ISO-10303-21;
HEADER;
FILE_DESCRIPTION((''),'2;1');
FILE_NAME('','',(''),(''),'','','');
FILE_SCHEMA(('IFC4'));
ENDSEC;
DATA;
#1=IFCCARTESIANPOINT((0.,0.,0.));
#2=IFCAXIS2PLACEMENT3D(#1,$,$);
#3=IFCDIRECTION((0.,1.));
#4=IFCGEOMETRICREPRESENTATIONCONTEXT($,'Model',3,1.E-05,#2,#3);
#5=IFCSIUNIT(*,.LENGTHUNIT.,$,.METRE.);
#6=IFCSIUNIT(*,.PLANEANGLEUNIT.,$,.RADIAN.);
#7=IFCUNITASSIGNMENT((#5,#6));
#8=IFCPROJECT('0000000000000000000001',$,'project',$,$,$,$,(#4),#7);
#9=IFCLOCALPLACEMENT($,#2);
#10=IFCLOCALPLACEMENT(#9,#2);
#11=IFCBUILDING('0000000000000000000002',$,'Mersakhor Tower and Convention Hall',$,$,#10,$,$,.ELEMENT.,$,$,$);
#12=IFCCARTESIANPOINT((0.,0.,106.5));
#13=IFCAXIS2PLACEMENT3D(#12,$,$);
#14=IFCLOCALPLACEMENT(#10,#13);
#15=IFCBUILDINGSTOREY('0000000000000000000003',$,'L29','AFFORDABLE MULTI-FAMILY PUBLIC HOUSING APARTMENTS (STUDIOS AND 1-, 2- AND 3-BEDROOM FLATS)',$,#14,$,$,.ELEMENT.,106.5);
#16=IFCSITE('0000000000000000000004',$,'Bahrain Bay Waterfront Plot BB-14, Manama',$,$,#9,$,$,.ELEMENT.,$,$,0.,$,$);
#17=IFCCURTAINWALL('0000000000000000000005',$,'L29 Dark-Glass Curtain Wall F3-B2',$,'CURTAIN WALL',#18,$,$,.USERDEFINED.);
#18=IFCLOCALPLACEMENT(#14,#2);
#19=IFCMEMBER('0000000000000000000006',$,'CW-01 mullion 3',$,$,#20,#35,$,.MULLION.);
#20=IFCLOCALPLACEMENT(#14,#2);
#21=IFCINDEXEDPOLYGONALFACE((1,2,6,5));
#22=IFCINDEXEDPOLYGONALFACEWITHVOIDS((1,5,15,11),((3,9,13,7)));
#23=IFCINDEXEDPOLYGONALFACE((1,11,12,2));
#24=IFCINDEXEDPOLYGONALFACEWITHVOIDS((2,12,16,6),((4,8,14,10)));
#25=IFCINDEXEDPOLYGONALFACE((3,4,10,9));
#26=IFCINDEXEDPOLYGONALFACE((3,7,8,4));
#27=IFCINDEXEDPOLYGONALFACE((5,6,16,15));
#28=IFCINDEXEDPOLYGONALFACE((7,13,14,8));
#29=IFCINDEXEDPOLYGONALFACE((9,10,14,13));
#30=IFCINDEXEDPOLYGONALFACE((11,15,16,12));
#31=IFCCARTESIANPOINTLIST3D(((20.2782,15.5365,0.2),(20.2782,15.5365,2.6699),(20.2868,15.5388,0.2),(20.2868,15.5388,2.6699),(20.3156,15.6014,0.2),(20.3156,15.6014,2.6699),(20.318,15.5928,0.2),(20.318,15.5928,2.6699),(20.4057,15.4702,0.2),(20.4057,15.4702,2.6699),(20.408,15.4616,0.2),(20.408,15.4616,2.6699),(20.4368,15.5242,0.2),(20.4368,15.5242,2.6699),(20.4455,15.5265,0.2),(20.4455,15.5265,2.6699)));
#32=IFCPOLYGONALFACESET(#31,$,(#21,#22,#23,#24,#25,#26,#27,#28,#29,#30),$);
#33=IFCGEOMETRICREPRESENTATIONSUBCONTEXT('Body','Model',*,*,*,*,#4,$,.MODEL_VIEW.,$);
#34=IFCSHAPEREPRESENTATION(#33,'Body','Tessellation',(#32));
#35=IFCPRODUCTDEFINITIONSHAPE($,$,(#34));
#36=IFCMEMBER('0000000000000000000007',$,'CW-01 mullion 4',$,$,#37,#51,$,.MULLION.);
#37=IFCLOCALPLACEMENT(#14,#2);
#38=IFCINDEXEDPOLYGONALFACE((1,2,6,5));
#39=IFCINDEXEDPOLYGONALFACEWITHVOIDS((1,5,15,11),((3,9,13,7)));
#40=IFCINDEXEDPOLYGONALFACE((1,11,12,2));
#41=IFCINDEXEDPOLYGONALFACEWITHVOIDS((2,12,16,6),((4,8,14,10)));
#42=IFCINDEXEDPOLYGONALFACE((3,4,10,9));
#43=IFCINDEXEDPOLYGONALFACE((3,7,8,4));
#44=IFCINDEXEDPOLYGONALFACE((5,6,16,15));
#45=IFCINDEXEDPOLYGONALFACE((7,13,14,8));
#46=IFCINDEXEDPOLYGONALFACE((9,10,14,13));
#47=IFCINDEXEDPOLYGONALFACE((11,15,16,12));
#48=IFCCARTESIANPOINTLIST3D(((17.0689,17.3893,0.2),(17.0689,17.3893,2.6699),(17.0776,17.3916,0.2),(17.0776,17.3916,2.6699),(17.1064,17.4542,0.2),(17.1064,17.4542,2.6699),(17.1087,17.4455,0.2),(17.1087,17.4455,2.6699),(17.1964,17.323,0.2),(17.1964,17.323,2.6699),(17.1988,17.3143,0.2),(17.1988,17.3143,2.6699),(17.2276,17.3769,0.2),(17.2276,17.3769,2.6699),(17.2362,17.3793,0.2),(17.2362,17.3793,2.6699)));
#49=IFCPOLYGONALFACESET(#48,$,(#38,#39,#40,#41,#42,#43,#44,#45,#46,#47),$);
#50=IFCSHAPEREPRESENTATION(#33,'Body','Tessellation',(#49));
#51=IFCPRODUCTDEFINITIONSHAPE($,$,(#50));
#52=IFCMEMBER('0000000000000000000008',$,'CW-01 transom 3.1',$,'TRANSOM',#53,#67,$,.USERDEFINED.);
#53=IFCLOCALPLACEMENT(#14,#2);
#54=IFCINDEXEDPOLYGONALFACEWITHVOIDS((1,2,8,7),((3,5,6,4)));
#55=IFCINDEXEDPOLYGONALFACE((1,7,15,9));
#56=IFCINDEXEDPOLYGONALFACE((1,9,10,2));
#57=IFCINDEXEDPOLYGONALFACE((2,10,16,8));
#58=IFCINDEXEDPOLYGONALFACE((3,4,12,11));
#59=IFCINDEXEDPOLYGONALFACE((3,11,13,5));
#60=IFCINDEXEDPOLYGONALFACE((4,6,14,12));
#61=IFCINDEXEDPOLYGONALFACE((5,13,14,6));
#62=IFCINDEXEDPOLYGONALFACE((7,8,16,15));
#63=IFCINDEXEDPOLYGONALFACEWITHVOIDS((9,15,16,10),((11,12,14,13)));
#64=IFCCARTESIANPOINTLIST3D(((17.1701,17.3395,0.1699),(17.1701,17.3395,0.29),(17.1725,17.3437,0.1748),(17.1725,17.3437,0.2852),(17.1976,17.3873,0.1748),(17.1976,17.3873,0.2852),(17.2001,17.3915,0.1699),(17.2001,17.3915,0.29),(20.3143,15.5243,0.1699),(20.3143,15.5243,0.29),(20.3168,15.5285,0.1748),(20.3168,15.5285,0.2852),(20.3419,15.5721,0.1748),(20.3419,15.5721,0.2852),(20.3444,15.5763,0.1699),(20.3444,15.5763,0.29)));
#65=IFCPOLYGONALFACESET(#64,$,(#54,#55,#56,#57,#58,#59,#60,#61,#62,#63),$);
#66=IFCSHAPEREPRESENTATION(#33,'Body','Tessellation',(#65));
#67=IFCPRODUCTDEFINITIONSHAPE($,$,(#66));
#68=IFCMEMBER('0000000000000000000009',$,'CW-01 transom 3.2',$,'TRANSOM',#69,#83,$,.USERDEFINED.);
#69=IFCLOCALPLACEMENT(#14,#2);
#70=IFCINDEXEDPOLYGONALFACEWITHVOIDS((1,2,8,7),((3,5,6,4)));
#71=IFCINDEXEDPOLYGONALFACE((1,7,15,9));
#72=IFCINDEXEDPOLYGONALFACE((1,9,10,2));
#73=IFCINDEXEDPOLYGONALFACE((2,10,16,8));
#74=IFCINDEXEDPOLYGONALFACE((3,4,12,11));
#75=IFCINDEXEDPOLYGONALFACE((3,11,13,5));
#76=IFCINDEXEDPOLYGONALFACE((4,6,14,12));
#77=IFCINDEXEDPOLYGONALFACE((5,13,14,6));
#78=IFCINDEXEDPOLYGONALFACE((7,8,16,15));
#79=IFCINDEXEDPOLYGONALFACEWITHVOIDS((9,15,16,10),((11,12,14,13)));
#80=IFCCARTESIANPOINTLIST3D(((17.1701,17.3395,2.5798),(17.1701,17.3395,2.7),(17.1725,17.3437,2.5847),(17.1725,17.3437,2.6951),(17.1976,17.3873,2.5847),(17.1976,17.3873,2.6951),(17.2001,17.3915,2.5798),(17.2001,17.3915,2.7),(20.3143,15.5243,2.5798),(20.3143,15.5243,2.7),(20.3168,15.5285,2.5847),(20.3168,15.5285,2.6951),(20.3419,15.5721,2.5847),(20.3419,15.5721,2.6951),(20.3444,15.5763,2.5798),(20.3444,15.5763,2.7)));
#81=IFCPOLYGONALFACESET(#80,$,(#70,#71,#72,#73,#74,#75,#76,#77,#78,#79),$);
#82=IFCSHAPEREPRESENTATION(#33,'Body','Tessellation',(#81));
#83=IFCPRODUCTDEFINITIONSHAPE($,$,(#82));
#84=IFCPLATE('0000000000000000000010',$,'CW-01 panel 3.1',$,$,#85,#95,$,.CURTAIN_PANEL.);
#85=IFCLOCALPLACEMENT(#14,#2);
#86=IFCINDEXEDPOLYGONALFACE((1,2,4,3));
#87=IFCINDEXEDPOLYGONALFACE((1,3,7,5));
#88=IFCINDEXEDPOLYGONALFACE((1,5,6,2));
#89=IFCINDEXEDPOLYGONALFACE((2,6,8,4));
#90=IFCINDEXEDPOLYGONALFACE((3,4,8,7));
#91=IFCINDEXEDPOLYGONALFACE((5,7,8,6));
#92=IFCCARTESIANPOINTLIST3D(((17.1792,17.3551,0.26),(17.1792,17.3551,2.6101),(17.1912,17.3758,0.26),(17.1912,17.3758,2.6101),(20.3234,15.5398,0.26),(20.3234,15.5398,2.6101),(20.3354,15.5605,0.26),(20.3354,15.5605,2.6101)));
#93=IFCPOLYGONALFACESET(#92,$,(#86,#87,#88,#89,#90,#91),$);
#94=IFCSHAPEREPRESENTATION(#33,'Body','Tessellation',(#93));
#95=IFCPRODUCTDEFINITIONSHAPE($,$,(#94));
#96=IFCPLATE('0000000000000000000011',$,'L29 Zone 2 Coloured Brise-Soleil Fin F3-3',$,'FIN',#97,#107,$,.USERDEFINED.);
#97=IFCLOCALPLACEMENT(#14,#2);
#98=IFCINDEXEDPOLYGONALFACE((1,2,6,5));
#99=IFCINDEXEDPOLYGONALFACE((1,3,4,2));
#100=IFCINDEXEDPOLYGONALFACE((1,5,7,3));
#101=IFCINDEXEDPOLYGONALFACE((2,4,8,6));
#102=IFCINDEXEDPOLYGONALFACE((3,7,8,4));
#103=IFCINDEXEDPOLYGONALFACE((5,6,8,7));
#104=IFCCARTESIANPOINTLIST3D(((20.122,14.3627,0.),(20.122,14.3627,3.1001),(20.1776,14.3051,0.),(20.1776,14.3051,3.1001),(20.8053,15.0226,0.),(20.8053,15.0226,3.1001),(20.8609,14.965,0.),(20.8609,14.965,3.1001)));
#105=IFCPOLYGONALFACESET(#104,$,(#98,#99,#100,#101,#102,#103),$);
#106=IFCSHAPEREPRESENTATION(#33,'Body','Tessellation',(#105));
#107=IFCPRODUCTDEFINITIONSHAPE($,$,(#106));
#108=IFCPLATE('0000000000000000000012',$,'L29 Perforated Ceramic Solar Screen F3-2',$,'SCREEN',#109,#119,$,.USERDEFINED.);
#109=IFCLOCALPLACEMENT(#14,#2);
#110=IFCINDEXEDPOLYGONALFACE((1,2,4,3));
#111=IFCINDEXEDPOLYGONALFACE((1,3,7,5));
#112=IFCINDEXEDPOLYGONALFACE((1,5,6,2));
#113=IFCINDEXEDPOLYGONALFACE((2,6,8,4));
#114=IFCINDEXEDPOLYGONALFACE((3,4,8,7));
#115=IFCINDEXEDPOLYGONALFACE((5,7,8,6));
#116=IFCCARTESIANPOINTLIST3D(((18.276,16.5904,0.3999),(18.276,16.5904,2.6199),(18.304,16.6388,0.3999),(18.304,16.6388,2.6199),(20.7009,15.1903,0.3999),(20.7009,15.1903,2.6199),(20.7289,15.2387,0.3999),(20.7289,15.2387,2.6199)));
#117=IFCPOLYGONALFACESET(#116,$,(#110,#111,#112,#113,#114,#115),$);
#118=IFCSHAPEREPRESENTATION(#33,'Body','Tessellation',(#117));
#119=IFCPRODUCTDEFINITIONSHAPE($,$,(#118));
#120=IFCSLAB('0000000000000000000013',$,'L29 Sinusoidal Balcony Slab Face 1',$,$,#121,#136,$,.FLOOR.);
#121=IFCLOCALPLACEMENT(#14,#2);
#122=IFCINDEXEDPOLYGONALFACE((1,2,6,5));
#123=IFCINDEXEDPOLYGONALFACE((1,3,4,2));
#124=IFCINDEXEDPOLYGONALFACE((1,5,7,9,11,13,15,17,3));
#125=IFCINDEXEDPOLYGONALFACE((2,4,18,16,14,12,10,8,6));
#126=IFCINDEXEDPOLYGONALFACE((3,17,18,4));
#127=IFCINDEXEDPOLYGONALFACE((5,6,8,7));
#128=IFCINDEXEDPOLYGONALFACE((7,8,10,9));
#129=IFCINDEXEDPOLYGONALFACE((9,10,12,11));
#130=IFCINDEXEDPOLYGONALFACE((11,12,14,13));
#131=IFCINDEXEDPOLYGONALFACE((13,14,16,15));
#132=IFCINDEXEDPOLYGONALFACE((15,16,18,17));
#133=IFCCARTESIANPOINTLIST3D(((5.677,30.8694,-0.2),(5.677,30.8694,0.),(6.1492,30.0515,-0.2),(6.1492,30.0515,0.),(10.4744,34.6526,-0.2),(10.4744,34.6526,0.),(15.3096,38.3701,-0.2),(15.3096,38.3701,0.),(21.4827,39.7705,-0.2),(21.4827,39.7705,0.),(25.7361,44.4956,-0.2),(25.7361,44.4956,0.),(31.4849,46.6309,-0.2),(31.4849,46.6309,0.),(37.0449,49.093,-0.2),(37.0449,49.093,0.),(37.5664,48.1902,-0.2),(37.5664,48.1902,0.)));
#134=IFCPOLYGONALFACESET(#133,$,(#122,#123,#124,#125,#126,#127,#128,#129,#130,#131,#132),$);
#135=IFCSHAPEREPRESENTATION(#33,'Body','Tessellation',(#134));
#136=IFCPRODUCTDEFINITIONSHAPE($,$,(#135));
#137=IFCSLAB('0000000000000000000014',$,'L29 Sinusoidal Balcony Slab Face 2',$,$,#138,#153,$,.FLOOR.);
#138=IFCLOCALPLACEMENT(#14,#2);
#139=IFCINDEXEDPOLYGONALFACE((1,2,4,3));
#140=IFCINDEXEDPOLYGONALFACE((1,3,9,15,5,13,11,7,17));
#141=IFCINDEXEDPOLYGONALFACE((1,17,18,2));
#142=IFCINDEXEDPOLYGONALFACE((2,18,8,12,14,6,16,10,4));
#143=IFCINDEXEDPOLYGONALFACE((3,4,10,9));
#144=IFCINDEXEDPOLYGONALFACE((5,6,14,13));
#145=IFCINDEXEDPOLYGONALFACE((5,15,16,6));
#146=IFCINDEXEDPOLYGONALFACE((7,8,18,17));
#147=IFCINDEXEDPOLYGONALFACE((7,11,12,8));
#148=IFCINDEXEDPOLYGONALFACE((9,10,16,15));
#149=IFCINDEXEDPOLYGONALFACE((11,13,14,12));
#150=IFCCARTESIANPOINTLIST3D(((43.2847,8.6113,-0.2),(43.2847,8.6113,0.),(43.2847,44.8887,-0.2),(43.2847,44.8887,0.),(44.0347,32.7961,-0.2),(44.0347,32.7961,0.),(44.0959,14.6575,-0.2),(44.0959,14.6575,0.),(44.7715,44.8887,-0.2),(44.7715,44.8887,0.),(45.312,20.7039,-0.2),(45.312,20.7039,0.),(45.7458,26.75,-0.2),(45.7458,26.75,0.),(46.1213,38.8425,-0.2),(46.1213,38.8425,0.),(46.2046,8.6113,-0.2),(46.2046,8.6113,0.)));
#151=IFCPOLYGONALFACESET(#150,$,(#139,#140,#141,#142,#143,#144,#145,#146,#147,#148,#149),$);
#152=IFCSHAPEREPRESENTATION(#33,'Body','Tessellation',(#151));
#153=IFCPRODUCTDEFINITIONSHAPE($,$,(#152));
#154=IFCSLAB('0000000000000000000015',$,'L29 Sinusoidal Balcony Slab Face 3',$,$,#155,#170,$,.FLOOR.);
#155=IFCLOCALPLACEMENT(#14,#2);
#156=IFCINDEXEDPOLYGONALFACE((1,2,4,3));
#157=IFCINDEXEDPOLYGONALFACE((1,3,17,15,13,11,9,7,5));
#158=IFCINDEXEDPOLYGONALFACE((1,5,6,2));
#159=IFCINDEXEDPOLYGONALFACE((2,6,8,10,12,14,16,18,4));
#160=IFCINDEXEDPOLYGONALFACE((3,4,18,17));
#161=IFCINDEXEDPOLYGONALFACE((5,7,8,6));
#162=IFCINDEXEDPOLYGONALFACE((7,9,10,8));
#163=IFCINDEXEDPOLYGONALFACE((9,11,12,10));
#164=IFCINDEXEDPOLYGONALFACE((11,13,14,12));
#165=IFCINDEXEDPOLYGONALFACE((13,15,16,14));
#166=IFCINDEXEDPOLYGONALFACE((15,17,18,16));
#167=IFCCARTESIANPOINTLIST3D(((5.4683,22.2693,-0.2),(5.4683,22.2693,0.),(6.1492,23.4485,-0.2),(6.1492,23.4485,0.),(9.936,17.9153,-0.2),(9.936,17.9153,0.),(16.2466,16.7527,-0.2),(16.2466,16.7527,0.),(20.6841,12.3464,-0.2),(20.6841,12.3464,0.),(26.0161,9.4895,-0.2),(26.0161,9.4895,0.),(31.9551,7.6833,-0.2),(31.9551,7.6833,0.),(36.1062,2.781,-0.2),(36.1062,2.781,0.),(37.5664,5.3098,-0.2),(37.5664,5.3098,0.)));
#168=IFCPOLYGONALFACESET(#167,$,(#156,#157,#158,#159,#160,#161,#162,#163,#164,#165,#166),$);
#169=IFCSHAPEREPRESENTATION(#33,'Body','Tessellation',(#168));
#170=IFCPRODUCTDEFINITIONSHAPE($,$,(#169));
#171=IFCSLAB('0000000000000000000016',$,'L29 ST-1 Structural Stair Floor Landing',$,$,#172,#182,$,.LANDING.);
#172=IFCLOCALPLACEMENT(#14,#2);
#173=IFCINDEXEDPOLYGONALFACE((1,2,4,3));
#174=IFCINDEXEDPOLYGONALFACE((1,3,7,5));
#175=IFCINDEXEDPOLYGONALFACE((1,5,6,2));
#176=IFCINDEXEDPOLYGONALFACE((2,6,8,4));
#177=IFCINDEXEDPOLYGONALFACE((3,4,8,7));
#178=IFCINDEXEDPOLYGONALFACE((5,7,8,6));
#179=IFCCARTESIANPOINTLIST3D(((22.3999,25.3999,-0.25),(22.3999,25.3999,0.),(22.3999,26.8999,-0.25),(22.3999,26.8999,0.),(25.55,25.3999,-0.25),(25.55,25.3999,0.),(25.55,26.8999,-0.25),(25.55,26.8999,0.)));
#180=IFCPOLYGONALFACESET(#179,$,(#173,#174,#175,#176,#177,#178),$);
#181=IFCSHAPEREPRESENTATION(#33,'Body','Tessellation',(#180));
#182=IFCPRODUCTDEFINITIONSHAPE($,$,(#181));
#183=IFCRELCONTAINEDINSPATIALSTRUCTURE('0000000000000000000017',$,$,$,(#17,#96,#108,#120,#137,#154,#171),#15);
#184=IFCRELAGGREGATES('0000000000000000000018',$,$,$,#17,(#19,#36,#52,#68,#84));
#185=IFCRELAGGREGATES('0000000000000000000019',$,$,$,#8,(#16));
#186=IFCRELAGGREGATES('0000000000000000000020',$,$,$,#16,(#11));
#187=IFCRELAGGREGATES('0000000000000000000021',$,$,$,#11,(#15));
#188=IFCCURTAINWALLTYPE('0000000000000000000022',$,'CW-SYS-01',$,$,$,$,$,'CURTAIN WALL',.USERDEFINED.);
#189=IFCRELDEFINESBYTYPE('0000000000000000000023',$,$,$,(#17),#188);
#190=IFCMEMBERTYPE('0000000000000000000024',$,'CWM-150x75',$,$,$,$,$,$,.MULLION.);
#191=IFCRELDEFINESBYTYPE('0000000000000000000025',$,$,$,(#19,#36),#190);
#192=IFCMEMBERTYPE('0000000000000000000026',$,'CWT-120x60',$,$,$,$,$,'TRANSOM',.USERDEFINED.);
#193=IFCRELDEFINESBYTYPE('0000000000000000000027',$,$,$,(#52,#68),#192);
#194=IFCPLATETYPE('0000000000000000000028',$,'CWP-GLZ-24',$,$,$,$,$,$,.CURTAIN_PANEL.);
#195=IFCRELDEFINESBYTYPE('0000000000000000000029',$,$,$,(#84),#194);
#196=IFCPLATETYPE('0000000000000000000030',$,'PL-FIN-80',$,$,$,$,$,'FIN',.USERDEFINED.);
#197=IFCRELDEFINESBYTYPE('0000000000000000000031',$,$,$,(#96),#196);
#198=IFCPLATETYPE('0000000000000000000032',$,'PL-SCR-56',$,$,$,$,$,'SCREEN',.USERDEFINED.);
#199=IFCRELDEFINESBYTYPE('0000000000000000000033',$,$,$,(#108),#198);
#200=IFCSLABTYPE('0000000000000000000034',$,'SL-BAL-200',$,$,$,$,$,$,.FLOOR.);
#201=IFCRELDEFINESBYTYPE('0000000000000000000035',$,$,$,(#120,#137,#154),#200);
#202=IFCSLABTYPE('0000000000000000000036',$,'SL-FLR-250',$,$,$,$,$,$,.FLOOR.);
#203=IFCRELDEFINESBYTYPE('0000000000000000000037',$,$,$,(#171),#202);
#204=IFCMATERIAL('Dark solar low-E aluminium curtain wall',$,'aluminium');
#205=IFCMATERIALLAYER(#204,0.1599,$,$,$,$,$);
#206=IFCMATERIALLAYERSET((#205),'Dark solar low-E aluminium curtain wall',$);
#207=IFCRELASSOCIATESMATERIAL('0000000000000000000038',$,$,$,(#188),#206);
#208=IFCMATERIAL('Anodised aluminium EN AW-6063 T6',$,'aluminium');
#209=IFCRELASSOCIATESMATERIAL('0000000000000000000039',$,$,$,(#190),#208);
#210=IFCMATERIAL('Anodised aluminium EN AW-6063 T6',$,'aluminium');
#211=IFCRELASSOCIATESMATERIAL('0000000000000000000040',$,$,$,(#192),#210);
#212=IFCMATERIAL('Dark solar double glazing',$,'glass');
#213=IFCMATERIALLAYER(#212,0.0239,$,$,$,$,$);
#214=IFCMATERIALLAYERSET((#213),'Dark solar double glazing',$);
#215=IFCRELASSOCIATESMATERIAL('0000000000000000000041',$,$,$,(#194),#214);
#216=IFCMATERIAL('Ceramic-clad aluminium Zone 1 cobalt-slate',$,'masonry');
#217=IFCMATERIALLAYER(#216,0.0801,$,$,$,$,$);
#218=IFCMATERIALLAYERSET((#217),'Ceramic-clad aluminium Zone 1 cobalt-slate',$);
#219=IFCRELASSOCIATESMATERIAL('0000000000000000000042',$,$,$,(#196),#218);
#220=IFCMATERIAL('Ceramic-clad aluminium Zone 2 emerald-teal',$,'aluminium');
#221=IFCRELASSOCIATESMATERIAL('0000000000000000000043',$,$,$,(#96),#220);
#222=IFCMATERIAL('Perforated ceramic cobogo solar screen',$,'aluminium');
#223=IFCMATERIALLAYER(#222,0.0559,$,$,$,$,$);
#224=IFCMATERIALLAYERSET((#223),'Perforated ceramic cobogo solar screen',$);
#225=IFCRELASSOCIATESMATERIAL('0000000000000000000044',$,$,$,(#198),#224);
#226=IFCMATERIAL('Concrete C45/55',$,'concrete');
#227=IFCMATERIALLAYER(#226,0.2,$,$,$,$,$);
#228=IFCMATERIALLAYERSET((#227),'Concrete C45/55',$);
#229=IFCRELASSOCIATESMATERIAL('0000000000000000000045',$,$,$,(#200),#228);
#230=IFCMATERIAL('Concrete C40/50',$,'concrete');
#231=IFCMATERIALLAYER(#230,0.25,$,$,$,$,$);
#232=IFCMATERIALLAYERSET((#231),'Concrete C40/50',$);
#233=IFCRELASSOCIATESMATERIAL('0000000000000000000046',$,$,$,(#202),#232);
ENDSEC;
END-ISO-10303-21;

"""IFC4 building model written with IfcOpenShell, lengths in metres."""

from ifc_helpers import new_model, si_unit, direction, frame, origin, origin_2d, place, context, subcontext, project, spatial, polyline, rectangle, hollow_rectangle, outline, extrude, material, layer, layer_set, material_profile, profile_set, type_object, element, aggregate, save


model = new_model("IFC4")

# Units and contexts
model_context = context("Model", 3, precision=1e-05, world=origin(), true_north=direction((0.0, 1.0)))
body_context = subcontext(model_context, "Body", "Model", "MODEL_VIEW")
ifc_project = project(units=[si_unit("LENGTHUNIT", "METRE"), si_unit("PLANEANGLEUNIT", "RADIAN")], contexts=[model_context])

# Site, building, storey
site_placement = place(None, origin())
site = spatial("IfcSite", under=ifc_project, at=site_placement, Name="Bahrain Bay Waterfront Plot BB-14, Manama", CompositionType="ELEMENT", RefElevation=0.0)
building_placement = place(site_placement, origin())
building = spatial("IfcBuilding", under=site, at=building_placement, Name="Mersakhor Tower and Convention Hall", CompositionType="ELEMENT")
storey_placement = place(building_placement, frame((0.0, 0.0, 106.5)))
storey = spatial("IfcBuildingStorey", under=building, at=storey_placement, Name="L29", Description="AFFORDABLE MULTI-FAMILY PUBLIC HOUSING APARTMENTS (STUDIOS AND 1-, 2- AND 3-BEDROOM FLATS)", CompositionType="ELEMENT", Elevation=106.5)

# Curtain wall, members, plate
ifc_material_1 = material(Name="Dark solar low-E aluminium curtain wall", Category="aluminium")
ifc_layer_1 = layer(ifc_material_1, 0.1599)
ifc_layer_set_1 = layer_set([ifc_layer_1], Name="Dark solar low-E aluminium curtain wall")
curtain_wall_type = type_object("IfcCurtainWallType", Name="CW-SYS-01", ElementType="CURTAIN WALL", PredefinedType="USERDEFINED", material=ifc_layer_set_1)
curtain_wall_placement = place(storey_placement, origin())
curtain_wall = element("IfcCurtainWall", 1, at=curtain_wall_placement, inside=storey, type_object=curtain_wall_type, Name="L29 Dark-Glass Curtain Wall F3-B2", ObjectType="CURTAIN WALL", PredefinedType="USERDEFINED")
ifc_material_2 = material(Name="Anodised aluminium EN AW-6063 T6", Category="aluminium")
ifc_material_profile_1 = material_profile(ifc_material_2, hollow_rectangle(XDim=0.075, YDim=0.1499, WallThickness=0.0063, at=origin_2d()), Name="RHS 150x75x6.3")
ifc_profile_set_1 = profile_set([ifc_material_profile_1], Name="Anodised aluminium EN AW-6063 T6")
member_type_1 = type_object("IfcMemberType", Name="CWM-150x75", PredefinedType="MULLION", material=ifc_profile_set_1)
member_1_placement = place(storey_placement, frame((20.3618, 15.5315, 0.2), z_axis=(0.0, 0.0, 1.0), x_axis=(-0.499998, -0.866027, 0.0)))
member_1 = element("IfcMember", 2, at=member_1_placement, type_object=member_type_1, Name="CW-01 mullion 3", PredefinedType="MULLION", context=body_context, shape_type="SweptSolid", body=[
    extrude(hollow_rectangle(XDim=0.075, YDim=0.1499, WallThickness=0.0063, at=origin_2d()), origin(), (0.0, 0.0, 1.0), 2.47),
])
member_2_placement = place(storey_placement, frame((17.1526, 17.3843, 0.2), z_axis=(0.0, 0.0, 1.0), x_axis=(-0.499998, -0.866027, 0.0)))
member_2 = element("IfcMember", 3, at=member_2_placement, type_object=member_type_1, Name="CW-01 mullion 4", PredefinedType="MULLION", context=body_context, shape_type="SweptSolid", body=[
    extrude(hollow_rectangle(XDim=0.075, YDim=0.1499, WallThickness=0.0063, at=origin_2d()), origin(), (0.0, 0.0, 1.0), 2.47),
])
ifc_material_3 = material(Name="Anodised aluminium EN AW-6063 T6", Category="aluminium")
ifc_material_profile_2 = material_profile(ifc_material_3, hollow_rectangle(XDim=0.0601, YDim=0.1201, WallThickness=0.0049, at=origin_2d()), Name="RHS 120x60x5")
ifc_profile_set_2 = profile_set([ifc_material_profile_2], Name="Anodised aluminium EN AW-6063 T6")
member_type_2 = type_object("IfcMemberType", Name="CWT-120x60", ElementType="TRANSOM", PredefinedType="USERDEFINED", material=ifc_profile_set_2)
member_3_placement = place(storey_placement, frame((20.3293, 15.5503, 0.23), z_axis=(-0.866046, 0.499965, 0.0), x_axis=(-0.499965, -0.866046, 0.0)))
member_3 = element("IfcMember", 4, at=member_3_placement, type_object=member_type_2, Name="CW-01 transom 3.1", ObjectType="TRANSOM", PredefinedType="USERDEFINED", context=body_context, shape_type="SweptSolid", body=[
    extrude(hollow_rectangle(XDim=0.0601, YDim=0.1201, WallThickness=0.0049, at=origin_2d()), origin(), (0.0, 0.0, 1.0), 3.6306),
])
member_4_placement = place(storey_placement, frame((20.3293, 15.5503, 2.6399), z_axis=(-0.866046, 0.499965, 0.0), x_axis=(-0.499965, -0.866046, 0.0)))
member_4 = element("IfcMember", 5, at=member_4_placement, type_object=member_type_2, Name="CW-01 transom 3.2", ObjectType="TRANSOM", PredefinedType="USERDEFINED", context=body_context, shape_type="SweptSolid", body=[
    extrude(hollow_rectangle(XDim=0.0601, YDim=0.1201, WallThickness=0.0049, at=origin_2d()), origin(), (0.0, 0.0, 1.0), 3.6306),
])
ifc_material_4 = material(Name="Dark solar double glazing", Category="glass")
ifc_layer_2 = layer(ifc_material_4, 0.0239)
ifc_layer_set_2 = layer_set([ifc_layer_2], Name="Dark solar double glazing")
plate_type_1 = type_object("IfcPlateType", Name="CWP-GLZ-24", PredefinedType="CURTAIN_PANEL", material=ifc_layer_set_2)
plate_1_placement = place(storey_placement, frame((18.7573, 16.4578, 0.26), z_axis=(0.0, 0.0, 1.0), x_axis=(-0.866027, 0.499998, 0.0)))
plate_1 = element("IfcPlate", 6, at=plate_1_placement, type_object=plate_type_1, Name="CW-01 panel 3.1", PredefinedType="CURTAIN_PANEL", context=body_context, shape_type="SweptSolid", body=[
    extrude(rectangle(XDim=3.6306, YDim=0.0239, at=origin_2d()), origin(), (0.0, 0.0, 1.0), 2.3501),
])
aggregate(curtain_wall, [member_1, member_2, member_3, member_4, plate_1])

# Plates
ifc_material_5 = material(Name="Ceramic-clad aluminium Zone 2 emerald-teal", Category="aluminium")
ifc_material_6 = material(Name="Ceramic-clad aluminium Zone 1 cobalt-slate", Category="masonry")
ifc_layer_3 = layer(ifc_material_6, 0.0801)
ifc_layer_set_3 = layer_set([ifc_layer_3], Name="Ceramic-clad aluminium Zone 1 cobalt-slate")
plate_type_2 = type_object("IfcPlateType", Name="PL-FIN-80", ElementType="FIN", PredefinedType="USERDEFINED", material=ifc_layer_set_3)
plate_2_placement = place(storey_placement, frame((20.4915, 14.6638, 0.0), z_axis=(0.0, 0.0, 1.0), x_axis=(-0.71934, -0.694658, 0.0)))
element("IfcPlate", 7, at=plate_2_placement, inside=storey, type_object=plate_type_2, material=ifc_material_5, Name="L29 Zone 2 Coloured Brise-Soleil Fin F3-3", ObjectType="FIN", PredefinedType="USERDEFINED", context=body_context, shape_type="SweptSolid", body=[
    extrude(rectangle(XDim=0.95, YDim=0.0801, at=origin_2d()), origin(), (0.0, 0.0, 1.0), 3.1001),
])
ifc_material_7 = material(Name="Perforated ceramic cobogo solar screen", Category="aluminium")
ifc_layer_4 = layer(ifc_material_7, 0.0559)
ifc_layer_set_4 = layer_set([ifc_layer_4], Name="Perforated ceramic cobogo solar screen")
plate_type_3 = type_object("IfcPlateType", Name="PL-SCR-56", ElementType="SCREEN", PredefinedType="USERDEFINED", material=ifc_layer_set_4)
plate_3_placement = place(storey_placement, frame((19.5024, 15.9146, 0.3999), z_axis=(0.0, 0.0, 1.0), x_axis=(-0.866025, 0.5, 0.0)))
element("IfcPlate", 8, at=plate_3_placement, inside=storey, type_object=plate_type_3, Name="L29 Perforated Ceramic Solar Screen F3-2", ObjectType="SCREEN", PredefinedType="USERDEFINED", context=body_context, shape_type="SweptSolid", body=[
    extrude(rectangle(XDim=2.8, YDim=0.0559, at=origin_2d()), origin(), (0.0, 0.0, 1.0), 2.22),
])

# Slabs
ifc_material_8 = material(Name="Concrete C45/55", Category="concrete")
ifc_layer_5 = layer(ifc_material_8, 0.2)
ifc_layer_set_5 = layer_set([ifc_layer_5], Name="Concrete C45/55")
slab_type_1 = type_object("IfcSlabType", Name="SL-BAL-200", PredefinedType="FLOOR", material=ifc_layer_set_5)
slab_1_placement = place(storey_placement, frame((0.0, 0.0, -0.2)))
element("IfcSlab", 9, at=slab_1_placement, inside=storey, type_object=slab_type_1, Name="L29 Sinusoidal Balcony Slab Face 1", PredefinedType="FLOOR", context=body_context, shape_type="SweptSolid", body=[
    extrude(outline(polyline([(6.1492, 30.0515), (37.5664, 48.1902), (37.0449, 49.093), (31.4849, 46.6309), (25.7361, 44.4956), (21.4827, 39.7705), (15.3096, 38.3701), (10.4744, 34.6526), (5.677, 30.8694), (6.1492, 30.0515)])), origin(), (0.0, 0.0, 1.0), 0.2),
])
slab_2_placement = place(storey_placement, frame((0.0, 0.0, -0.2)))
element("IfcSlab", 10, at=slab_2_placement, inside=storey, type_object=slab_type_1, Name="L29 Sinusoidal Balcony Slab Face 2", PredefinedType="FLOOR", context=body_context, shape_type="SweptSolid", body=[
    extrude(outline(polyline([(43.2847, 44.8887), (43.2847, 8.6113), (46.2046, 8.6113), (44.0959, 14.6575), (45.312, 20.7039), (45.7458, 26.75), (44.0347, 32.7961), (46.1213, 38.8425), (44.7715, 44.8887), (43.2847, 44.8887)])), origin(), (0.0, 0.0, 1.0), 0.2),
])
slab_3_placement = place(storey_placement, frame((0.0, 0.0, -0.2)))
element("IfcSlab", 11, at=slab_3_placement, inside=storey, type_object=slab_type_1, Name="L29 Sinusoidal Balcony Slab Face 3", PredefinedType="FLOOR", context=body_context, shape_type="SweptSolid", body=[
    extrude(outline(polyline([(37.5664, 5.3098), (6.1492, 23.4485), (5.4683, 22.2693), (9.936, 17.9153), (16.2466, 16.7527), (20.6841, 12.3464), (26.0161, 9.4895), (31.9551, 7.6833), (36.1062, 2.781), (37.5664, 5.3098)])), origin(), (0.0, 0.0, 1.0), 0.2),
])
ifc_material_9 = material(Name="Concrete C40/50", Category="concrete")
ifc_layer_6 = layer(ifc_material_9, 0.25)
ifc_layer_set_6 = layer_set([ifc_layer_6], Name="Concrete C40/50")
slab_type_2 = type_object("IfcSlabType", Name="SL-FLR-250", PredefinedType="FLOOR", material=ifc_layer_set_6)
slab_4_placement = place(storey_placement, frame((0.0, 0.0, -0.25)))
element("IfcSlab", 12, at=slab_4_placement, inside=storey, type_object=slab_type_2, Name="L29 ST-1 Structural Stair Floor Landing", PredefinedType="LANDING", context=body_context, shape_type="SweptSolid", body=[
    extrude(outline(polyline([(25.55, 25.3999), (25.55, 26.8999), (22.3999, 26.8999), (22.3999, 25.3999), (25.55, 25.3999)])), origin(), (0.0, 0.0, 1.0), 0.25),
])

save(model, "model.ifc")
